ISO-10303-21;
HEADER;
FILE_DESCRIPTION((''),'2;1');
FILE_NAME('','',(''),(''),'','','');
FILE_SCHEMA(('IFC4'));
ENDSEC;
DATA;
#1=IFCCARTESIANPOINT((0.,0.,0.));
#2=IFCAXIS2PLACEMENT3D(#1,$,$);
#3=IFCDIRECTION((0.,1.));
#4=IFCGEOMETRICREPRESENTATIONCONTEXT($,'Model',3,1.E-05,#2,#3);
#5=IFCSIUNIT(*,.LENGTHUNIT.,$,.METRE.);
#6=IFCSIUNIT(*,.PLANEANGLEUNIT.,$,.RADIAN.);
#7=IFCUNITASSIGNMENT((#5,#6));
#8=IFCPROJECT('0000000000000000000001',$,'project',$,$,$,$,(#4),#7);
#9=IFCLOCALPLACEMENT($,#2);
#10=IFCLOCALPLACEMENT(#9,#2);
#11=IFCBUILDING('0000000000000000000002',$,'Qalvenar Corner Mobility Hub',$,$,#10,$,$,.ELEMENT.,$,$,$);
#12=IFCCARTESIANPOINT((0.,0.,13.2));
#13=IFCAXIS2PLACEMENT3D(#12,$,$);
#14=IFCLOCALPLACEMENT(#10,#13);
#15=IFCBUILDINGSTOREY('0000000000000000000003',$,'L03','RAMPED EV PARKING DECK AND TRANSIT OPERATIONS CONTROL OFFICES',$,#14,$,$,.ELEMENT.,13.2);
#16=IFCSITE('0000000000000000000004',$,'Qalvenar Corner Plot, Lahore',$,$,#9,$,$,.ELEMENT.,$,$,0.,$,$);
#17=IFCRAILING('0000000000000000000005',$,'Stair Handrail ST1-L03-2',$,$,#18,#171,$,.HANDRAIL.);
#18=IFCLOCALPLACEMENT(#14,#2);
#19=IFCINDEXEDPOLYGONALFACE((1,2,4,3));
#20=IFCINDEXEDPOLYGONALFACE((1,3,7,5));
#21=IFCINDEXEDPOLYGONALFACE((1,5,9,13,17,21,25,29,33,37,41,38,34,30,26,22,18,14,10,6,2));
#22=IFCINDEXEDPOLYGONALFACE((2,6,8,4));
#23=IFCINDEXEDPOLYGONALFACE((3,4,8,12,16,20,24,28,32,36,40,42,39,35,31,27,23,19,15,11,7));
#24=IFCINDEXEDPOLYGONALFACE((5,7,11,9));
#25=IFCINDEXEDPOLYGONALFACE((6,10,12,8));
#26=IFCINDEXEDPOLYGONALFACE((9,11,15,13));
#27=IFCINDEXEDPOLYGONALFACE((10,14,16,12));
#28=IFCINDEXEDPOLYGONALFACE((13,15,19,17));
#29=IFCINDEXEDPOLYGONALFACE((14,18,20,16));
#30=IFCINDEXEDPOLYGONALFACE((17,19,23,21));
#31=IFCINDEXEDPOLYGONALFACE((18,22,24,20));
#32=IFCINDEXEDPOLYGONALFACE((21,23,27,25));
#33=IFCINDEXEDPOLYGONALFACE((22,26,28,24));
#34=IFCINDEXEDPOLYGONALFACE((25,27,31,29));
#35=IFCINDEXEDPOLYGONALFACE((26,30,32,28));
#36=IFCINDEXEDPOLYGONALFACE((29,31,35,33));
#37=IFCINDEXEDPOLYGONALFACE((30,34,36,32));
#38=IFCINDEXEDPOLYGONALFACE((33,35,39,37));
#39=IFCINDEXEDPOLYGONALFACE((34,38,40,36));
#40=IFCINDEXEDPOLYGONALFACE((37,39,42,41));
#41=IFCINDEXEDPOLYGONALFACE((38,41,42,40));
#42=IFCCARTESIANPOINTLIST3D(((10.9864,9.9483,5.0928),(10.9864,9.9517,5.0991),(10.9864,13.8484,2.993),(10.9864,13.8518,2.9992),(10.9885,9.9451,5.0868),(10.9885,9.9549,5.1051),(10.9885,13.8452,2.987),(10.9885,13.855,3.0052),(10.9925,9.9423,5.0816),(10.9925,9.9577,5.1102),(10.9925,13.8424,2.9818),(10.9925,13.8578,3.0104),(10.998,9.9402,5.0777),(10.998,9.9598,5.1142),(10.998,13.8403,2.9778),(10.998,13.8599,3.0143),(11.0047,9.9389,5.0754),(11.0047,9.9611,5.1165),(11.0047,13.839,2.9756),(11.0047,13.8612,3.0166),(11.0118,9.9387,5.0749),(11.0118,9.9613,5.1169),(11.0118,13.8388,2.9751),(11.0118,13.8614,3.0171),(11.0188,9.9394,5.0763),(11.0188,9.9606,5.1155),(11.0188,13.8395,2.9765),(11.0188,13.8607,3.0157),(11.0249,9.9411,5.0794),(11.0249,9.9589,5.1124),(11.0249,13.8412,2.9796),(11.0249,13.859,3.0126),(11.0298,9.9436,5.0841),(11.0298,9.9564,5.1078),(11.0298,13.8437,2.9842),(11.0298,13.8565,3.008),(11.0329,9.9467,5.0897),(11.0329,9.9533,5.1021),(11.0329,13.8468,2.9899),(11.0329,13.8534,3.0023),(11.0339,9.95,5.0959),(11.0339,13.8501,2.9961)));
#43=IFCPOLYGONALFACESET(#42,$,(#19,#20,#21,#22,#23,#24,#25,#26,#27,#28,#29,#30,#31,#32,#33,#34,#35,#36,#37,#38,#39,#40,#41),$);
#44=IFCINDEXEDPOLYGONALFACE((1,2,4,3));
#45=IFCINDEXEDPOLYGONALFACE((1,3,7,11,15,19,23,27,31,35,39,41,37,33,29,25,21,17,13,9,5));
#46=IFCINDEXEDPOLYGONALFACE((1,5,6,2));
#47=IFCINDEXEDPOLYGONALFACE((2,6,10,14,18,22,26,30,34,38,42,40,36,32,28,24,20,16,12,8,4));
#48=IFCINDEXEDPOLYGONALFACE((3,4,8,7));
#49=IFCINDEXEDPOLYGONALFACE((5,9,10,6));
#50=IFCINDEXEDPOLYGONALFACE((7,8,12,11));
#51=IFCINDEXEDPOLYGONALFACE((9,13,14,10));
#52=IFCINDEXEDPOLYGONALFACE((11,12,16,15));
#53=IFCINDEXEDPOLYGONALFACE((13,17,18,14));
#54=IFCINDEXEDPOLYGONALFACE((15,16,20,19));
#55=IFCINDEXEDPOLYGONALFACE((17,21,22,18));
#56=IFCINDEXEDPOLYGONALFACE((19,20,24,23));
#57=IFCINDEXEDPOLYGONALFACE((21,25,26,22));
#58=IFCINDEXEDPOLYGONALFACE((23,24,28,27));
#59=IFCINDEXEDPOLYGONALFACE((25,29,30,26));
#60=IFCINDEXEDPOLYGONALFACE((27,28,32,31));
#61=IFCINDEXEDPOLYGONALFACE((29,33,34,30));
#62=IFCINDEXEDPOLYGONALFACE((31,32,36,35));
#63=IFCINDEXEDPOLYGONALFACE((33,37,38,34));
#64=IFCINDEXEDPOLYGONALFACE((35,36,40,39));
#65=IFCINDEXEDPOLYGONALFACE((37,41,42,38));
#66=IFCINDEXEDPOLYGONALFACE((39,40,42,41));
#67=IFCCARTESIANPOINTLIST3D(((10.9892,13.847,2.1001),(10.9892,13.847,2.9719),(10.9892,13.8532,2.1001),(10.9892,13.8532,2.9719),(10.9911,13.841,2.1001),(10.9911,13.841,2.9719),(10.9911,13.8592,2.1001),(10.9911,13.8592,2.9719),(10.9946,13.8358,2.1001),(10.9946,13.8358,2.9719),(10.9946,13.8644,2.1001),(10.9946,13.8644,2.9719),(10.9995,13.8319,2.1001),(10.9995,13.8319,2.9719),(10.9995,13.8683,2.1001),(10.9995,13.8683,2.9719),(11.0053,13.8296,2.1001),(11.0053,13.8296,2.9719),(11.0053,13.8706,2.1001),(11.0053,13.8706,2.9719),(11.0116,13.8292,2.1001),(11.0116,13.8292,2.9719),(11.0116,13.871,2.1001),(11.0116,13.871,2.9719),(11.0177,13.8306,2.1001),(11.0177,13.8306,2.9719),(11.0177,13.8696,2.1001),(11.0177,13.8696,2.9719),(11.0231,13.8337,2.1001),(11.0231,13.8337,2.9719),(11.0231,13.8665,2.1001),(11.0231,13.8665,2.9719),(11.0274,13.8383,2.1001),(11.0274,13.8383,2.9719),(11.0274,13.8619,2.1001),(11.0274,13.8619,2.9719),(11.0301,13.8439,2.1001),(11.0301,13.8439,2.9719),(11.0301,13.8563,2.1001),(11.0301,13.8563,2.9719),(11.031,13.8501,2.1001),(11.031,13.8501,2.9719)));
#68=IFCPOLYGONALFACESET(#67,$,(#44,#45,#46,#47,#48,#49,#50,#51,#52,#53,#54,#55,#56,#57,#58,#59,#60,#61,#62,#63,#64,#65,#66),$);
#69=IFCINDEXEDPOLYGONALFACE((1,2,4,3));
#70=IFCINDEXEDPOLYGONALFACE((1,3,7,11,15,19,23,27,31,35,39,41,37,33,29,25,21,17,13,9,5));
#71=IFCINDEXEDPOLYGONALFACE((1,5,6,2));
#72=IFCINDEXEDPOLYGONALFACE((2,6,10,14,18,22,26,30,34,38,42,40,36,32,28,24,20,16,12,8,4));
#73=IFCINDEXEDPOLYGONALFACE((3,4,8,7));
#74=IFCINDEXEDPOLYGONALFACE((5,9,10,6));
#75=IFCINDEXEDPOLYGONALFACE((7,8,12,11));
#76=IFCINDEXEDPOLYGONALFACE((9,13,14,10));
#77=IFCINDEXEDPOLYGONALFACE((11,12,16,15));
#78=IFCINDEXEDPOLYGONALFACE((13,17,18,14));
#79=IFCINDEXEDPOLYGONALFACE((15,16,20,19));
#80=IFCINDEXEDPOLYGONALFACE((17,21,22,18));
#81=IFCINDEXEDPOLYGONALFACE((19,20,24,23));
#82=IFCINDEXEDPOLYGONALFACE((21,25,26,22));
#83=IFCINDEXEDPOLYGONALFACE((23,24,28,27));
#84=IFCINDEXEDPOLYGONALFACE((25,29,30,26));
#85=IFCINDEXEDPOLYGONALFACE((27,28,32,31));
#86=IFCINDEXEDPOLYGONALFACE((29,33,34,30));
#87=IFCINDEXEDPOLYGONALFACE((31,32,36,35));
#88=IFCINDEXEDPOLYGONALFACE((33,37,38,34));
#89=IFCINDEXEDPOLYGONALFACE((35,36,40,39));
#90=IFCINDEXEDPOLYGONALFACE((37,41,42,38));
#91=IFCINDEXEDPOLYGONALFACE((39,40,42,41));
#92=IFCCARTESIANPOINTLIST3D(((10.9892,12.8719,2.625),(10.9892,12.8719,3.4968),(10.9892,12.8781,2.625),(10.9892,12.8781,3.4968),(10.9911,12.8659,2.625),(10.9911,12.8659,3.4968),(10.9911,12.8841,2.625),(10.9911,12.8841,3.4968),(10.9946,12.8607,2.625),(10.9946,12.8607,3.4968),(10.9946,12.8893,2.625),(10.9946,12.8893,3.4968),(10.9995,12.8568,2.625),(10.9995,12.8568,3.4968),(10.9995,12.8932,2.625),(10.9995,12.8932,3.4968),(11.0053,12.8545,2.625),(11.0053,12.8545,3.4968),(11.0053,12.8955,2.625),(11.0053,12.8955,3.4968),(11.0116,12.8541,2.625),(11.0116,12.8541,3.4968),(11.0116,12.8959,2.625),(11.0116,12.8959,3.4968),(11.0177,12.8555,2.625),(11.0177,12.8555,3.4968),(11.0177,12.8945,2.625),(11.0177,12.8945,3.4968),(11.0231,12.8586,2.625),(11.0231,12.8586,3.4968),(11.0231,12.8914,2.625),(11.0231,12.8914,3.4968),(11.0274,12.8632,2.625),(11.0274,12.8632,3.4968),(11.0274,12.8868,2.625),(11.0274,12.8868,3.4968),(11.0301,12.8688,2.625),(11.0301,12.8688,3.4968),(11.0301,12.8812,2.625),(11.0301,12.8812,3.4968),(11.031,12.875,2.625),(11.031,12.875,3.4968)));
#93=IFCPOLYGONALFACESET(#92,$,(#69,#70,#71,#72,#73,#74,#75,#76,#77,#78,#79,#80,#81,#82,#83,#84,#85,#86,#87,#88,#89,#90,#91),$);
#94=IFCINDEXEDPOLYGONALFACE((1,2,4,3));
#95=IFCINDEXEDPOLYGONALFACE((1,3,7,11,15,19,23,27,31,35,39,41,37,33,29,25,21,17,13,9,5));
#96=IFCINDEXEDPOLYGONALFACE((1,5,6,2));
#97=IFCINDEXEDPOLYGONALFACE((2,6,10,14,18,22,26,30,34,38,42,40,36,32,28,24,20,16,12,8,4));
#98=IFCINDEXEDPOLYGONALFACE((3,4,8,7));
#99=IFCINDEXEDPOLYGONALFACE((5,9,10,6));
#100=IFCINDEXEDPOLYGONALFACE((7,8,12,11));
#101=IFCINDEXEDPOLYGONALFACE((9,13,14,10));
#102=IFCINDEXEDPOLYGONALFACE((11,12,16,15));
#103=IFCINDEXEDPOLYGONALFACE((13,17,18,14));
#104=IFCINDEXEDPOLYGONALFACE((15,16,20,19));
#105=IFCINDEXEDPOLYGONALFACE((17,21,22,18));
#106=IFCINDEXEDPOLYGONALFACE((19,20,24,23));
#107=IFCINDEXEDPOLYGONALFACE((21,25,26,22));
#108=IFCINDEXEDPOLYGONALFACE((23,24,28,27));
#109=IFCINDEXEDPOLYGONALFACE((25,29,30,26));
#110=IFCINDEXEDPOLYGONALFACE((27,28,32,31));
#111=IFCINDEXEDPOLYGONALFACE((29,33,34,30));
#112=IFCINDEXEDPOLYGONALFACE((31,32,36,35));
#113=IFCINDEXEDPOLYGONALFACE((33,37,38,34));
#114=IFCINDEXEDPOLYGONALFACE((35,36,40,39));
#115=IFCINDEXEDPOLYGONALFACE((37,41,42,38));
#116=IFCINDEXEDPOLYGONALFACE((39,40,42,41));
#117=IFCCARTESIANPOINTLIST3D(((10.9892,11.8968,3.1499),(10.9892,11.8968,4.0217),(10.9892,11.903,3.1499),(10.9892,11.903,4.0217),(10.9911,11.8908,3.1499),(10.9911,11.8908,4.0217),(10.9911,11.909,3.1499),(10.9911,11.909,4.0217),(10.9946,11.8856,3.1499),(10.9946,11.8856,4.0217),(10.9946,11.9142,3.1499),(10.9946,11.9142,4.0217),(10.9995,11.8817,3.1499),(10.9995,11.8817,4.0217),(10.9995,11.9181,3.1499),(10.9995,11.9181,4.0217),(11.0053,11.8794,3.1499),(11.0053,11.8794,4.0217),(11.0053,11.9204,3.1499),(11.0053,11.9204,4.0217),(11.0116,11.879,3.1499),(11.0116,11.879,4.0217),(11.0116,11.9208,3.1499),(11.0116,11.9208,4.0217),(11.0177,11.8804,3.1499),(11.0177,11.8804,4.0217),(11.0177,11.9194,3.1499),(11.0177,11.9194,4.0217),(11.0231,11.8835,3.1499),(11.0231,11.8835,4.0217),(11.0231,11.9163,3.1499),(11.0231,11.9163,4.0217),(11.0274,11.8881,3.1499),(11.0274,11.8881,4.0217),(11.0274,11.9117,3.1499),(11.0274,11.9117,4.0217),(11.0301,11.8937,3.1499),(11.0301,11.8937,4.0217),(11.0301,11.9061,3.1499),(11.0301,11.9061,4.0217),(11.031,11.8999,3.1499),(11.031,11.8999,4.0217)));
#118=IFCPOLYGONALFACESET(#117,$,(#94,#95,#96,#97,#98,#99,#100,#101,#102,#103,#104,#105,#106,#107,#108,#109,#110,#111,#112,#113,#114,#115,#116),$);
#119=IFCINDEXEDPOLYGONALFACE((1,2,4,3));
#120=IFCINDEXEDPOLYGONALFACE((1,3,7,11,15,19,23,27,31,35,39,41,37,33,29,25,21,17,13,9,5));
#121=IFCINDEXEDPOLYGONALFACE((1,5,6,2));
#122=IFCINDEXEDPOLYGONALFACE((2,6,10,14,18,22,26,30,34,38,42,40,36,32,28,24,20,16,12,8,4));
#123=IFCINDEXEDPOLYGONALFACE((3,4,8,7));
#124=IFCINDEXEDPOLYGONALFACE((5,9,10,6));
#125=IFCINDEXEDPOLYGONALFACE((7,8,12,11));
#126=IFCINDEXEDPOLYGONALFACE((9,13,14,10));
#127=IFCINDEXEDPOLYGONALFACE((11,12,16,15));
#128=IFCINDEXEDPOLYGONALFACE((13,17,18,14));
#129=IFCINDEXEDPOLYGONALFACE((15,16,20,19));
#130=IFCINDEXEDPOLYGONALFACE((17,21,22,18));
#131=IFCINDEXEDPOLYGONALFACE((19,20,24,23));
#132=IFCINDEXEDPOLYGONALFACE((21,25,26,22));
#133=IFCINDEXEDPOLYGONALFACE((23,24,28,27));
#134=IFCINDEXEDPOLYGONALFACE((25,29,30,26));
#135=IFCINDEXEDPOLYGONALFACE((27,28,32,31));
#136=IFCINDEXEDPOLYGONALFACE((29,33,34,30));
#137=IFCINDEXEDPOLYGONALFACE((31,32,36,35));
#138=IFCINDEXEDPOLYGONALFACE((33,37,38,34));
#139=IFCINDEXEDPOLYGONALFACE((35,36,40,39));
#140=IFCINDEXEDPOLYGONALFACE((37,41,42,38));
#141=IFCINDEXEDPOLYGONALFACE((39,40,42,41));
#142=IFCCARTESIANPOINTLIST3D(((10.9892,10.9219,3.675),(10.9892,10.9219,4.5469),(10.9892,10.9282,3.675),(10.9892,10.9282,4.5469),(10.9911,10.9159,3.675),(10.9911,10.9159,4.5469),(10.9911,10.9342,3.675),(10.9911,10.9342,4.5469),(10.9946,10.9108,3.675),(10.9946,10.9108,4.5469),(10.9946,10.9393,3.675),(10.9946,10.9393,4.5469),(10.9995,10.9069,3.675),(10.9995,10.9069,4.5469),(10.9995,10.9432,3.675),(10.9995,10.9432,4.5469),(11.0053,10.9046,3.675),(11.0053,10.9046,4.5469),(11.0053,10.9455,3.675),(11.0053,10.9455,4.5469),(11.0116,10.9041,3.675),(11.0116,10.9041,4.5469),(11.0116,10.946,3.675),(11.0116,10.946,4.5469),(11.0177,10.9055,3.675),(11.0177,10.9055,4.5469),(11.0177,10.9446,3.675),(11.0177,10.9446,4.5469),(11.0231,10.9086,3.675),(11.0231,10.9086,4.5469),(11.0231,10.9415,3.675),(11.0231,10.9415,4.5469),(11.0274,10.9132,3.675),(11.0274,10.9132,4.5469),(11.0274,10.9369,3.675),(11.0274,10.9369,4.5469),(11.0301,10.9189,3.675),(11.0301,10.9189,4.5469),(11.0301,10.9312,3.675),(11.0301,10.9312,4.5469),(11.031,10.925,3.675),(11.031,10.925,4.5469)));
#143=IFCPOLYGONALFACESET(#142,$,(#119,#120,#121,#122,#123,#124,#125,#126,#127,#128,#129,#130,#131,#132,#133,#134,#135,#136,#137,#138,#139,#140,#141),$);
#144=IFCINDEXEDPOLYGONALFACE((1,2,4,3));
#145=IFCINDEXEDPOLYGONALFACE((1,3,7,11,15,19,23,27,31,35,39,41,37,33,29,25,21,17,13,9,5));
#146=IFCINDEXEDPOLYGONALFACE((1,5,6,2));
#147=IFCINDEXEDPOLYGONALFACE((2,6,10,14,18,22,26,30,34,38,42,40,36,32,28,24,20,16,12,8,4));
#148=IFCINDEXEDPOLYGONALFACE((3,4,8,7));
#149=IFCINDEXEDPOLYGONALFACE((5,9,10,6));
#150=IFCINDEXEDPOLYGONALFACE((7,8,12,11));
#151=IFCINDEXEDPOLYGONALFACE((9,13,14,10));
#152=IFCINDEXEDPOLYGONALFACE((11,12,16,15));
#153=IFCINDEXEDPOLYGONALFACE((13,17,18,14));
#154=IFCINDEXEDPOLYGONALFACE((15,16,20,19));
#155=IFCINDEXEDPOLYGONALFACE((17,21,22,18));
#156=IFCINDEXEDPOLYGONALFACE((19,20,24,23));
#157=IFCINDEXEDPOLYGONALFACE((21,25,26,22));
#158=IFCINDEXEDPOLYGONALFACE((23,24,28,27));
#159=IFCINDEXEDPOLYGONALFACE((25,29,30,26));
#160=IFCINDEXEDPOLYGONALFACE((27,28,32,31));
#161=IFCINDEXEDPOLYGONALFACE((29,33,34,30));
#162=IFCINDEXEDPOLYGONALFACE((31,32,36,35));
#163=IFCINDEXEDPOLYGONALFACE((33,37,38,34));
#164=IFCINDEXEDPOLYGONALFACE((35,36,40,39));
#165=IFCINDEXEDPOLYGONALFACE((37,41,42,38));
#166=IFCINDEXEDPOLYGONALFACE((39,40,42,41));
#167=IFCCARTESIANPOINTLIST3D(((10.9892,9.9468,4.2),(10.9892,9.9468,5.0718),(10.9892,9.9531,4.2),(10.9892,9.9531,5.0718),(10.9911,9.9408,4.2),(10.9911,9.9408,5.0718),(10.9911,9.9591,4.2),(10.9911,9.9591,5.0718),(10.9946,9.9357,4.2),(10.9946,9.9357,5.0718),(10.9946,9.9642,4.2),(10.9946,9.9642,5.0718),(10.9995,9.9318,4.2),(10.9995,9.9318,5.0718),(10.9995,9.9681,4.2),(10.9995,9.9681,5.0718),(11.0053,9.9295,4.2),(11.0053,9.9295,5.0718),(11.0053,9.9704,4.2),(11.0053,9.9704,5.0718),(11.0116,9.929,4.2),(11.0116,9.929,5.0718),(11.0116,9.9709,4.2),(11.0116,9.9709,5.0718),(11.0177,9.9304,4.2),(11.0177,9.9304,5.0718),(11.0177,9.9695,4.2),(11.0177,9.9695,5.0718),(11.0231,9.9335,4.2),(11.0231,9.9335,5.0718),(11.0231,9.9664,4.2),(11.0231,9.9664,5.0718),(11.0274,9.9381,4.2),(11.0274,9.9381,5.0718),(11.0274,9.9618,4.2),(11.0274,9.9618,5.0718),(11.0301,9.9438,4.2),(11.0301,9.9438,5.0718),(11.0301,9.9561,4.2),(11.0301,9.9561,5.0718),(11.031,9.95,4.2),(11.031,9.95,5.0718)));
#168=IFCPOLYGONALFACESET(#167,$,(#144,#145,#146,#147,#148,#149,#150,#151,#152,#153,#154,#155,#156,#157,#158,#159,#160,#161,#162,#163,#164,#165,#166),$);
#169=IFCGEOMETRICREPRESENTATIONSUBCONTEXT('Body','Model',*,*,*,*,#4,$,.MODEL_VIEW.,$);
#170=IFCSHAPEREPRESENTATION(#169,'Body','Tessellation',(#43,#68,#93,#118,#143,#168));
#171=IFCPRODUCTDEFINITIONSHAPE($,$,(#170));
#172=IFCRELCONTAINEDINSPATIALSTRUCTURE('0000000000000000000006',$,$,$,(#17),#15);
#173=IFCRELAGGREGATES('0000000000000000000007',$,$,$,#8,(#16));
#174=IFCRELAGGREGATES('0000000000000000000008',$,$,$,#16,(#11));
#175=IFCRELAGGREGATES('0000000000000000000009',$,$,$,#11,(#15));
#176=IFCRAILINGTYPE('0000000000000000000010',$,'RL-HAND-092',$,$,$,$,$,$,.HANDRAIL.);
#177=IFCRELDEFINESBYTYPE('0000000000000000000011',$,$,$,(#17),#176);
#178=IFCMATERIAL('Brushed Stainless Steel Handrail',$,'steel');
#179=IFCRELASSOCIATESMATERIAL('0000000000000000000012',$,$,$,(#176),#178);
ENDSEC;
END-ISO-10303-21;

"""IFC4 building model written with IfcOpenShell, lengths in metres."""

from ifc_helpers import new_model, si_unit, direction, frame, origin, origin_2d, place, context, subcontext, project, spatial, circle, extrude, material, type_object, element, save


model = new_model("IFC4")

# Units and contexts
model_context = context("Model", 3, precision=1e-05, world=origin(), true_north=direction((0.0, 1.0)))
body_context = subcontext(model_context, "Body", "Model", "MODEL_VIEW")
ifc_project = project(units=[si_unit("LENGTHUNIT", "METRE"), si_unit("PLANEANGLEUNIT", "RADIAN")], contexts=[model_context])

# Site, building, storey
site_placement = place(None, origin())
site = spatial("IfcSite", under=ifc_project, at=site_placement, Name="Qalvenar Corner Plot, Lahore", CompositionType="ELEMENT", RefElevation=0.0)
building_placement = place(site_placement, origin())
building = spatial("IfcBuilding", under=site, at=building_placement, Name="Qalvenar Corner Mobility Hub", CompositionType="ELEMENT")
storey_placement = place(building_placement, frame((0.0, 0.0, 13.2)))
storey = spatial("IfcBuildingStorey", under=building, at=storey_placement, Name="L03", Description="RAMPED EV PARKING DECK AND TRANSIT OPERATIONS CONTROL OFFICES", CompositionType="ELEMENT", Elevation=13.2)

# Railing
ifc_material_1 = material(Name="Brushed Stainless Steel Handrail", Category="steel")
railing_type_1 = type_object("IfcRailingType", Name="RL-HAND-092", PredefinedType="HANDRAIL", material=ifc_material_1)
railing_placement = place(storey_placement, frame((11.01, 13.8501, 2.1001)))
element("IfcRailing", 1, at=railing_placement, inside=storey, type_object=railing_type_1, Name="Stair Handrail ST1-L03-2", PredefinedType="HANDRAIL", context=body_context, shape_type="SweptSolid", body=[
    extrude(circle(Radius=0.0239, at=origin_2d()), frame((0.0, 0.0, 0.896), z_axis=(0.0, -0.880492, 0.47406), x_axis=(1.0, 0.0, 0.0)), (0.0, 0.0, 1.0), 4.4294),
    extrude(circle(Radius=0.021, at=origin_2d()), origin(), (0.0, 0.0, 1.0), 0.8718),
    extrude(circle(Radius=0.021, at=origin_2d()), frame((0.0, -0.9751, 0.5249)), (0.0, 0.0, 1.0), 0.8718),
    extrude(circle(Radius=0.021, at=origin_2d()), frame((0.0, -1.9502, 1.0498)), (0.0, 0.0, 1.0), 0.8718),
    extrude(circle(Radius=0.021, at=origin_2d()), frame((0.0, -2.925, 1.575)), (0.0, 0.0, 1.0), 0.8718),
    extrude(circle(Radius=0.021, at=origin_2d()), frame((0.0, -3.9001, 2.0999)), (0.0, 0.0, 1.0), 0.8718),
])

save(model, "model.ifc")
